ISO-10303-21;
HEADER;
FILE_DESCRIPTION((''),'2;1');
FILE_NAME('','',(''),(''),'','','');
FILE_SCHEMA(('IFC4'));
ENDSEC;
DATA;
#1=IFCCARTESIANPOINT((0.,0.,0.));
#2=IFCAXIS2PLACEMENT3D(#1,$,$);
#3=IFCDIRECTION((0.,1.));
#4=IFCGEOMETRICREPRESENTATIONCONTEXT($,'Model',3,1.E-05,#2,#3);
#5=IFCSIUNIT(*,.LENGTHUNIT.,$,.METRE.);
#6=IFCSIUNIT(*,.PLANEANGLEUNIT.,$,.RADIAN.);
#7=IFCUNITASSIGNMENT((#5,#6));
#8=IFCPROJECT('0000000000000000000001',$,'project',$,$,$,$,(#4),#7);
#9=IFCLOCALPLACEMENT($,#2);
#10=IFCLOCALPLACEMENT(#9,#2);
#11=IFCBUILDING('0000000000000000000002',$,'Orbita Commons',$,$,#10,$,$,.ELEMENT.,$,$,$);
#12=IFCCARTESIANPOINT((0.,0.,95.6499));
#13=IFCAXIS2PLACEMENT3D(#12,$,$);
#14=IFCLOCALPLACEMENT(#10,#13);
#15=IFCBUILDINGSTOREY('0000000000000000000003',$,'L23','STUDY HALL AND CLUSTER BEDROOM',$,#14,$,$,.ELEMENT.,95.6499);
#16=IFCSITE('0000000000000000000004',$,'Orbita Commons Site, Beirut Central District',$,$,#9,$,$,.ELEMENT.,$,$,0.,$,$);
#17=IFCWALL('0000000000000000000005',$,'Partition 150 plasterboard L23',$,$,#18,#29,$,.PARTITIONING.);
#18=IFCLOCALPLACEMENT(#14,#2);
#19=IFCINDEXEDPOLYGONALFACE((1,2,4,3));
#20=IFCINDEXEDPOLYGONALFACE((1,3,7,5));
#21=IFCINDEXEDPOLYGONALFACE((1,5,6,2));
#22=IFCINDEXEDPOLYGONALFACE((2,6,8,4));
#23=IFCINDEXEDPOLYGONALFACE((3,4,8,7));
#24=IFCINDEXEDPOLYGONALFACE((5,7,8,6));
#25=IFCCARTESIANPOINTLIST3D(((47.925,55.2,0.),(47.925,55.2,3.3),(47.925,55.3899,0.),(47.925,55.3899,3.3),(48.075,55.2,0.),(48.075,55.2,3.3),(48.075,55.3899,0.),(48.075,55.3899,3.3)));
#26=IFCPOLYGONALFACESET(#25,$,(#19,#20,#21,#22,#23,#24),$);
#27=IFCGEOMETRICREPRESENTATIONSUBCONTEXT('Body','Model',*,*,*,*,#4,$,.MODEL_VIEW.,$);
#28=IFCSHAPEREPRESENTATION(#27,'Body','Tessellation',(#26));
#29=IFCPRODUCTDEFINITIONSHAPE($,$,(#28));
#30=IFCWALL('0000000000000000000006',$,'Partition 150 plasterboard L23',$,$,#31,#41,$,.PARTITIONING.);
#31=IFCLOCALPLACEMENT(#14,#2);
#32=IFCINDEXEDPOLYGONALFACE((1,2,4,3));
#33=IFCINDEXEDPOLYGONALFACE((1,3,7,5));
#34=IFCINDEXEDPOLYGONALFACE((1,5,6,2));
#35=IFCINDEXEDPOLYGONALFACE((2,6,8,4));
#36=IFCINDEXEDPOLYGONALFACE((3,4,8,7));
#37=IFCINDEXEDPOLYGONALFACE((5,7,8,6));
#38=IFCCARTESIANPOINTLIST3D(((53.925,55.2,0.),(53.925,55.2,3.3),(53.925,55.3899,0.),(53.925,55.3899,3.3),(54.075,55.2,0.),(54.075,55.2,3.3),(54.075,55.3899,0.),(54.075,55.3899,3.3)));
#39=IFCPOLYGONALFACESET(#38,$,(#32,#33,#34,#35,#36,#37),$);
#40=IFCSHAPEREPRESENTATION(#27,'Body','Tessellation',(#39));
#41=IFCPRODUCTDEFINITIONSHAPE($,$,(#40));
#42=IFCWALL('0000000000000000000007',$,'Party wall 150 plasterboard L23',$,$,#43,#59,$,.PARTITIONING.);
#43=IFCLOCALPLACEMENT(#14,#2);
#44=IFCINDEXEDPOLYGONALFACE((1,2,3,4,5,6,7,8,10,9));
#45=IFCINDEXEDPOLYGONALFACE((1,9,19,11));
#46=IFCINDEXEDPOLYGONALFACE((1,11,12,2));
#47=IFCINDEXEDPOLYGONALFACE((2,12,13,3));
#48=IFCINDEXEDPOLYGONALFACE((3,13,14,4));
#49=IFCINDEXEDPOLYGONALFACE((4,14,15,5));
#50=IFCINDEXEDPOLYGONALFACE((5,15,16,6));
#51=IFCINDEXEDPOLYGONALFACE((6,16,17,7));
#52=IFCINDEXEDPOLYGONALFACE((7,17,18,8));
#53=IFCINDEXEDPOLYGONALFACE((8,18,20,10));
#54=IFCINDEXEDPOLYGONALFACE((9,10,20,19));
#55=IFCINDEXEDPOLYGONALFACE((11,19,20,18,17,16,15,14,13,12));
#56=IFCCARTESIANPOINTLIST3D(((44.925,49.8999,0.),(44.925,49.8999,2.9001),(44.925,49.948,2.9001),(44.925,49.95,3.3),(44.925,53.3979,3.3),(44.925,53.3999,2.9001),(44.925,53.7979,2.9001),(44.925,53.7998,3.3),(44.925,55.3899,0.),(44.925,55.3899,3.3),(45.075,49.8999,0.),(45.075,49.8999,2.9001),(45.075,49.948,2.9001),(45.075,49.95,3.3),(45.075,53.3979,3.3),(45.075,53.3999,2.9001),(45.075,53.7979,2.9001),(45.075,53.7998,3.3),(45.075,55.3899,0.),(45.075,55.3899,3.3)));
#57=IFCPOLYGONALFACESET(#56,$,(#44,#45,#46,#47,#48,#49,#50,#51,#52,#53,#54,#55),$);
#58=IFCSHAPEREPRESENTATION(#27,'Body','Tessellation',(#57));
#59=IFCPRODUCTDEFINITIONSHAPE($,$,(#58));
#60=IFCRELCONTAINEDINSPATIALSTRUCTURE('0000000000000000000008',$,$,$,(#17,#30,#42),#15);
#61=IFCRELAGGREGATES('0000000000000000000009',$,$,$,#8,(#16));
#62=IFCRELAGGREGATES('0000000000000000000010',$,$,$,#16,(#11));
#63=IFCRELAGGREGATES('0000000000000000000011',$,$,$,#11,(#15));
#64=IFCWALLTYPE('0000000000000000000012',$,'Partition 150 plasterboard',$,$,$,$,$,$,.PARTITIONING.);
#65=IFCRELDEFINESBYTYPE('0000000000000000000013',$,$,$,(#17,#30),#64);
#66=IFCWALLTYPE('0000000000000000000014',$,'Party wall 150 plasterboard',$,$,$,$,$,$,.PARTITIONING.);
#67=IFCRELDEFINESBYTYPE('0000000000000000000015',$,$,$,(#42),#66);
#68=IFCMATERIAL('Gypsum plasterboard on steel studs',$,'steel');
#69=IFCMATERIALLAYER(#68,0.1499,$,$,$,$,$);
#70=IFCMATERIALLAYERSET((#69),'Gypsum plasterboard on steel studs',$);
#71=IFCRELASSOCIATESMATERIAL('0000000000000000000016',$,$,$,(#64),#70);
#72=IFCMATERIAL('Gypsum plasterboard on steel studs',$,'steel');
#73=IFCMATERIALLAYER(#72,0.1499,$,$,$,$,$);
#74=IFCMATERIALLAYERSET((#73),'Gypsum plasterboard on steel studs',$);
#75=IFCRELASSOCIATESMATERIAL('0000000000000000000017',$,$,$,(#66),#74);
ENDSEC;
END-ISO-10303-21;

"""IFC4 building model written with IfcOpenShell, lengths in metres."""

from ifc_helpers import new_model, si_unit, direction, frame, frame_2d, origin, place, context, subcontext, project, spatial, polyline, rectangle, outline, extrude, material, layer, layer_set, type_object, element, save


model = new_model("IFC4")

# Units and contexts
model_context = context("Model", 3, precision=1e-05, world=origin(), true_north=direction((0.0, 1.0)))
body_context = subcontext(model_context, "Body", "Model", "MODEL_VIEW")
ifc_project = project(units=[si_unit("LENGTHUNIT", "METRE"), si_unit("PLANEANGLEUNIT", "RADIAN")], contexts=[model_context])

# Site, building, storey
site_placement = place(None, origin())
site = spatial("IfcSite", under=ifc_project, at=site_placement, Name="Orbita Commons Site, Beirut Central District", CompositionType="ELEMENT", RefElevation=0.0)
building_placement = place(site_placement, origin())
building = spatial("IfcBuilding", under=site, at=building_placement, Name="Orbita Commons", CompositionType="ELEMENT")
storey_placement = place(building_placement, frame((0.0, 0.0, 95.6499)))
storey = spatial("IfcBuildingStorey", under=building, at=storey_placement, Name="L23", Description="STUDY HALL AND CLUSTER BEDROOM", CompositionType="ELEMENT", Elevation=95.6499)

# Walls
ifc_material_1 = material(Name="Gypsum plasterboard on steel studs", Category="steel")
ifc_layer_1 = layer(ifc_material_1, 0.1499)
ifc_layer_set_1 = layer_set([ifc_layer_1], Name="Gypsum plasterboard on steel studs")
wall_type_1 = type_object("IfcWallType", Name="Partition 150 plasterboard", PredefinedType="PARTITIONING", material=ifc_layer_set_1)
for number, where, z_axis, x_axis, name in (
    (1, (48.0, 55.2, 0.0), (0.0, 0.0, 1.0), (0.0, 1.0, 0.0), "Partition 150 plasterboard L23"),
    (2, (54.0, 55.2, 0.0), (0.0, 0.0, 1.0), (0.0, 1.0, 0.0), "Partition 150 plasterboard L23"),
):
    element("IfcWall", number, at=place(storey_placement, frame(where, z_axis=z_axis, x_axis=x_axis)), inside=storey, type_object=wall_type_1, Name=name, PredefinedType="PARTITIONING", context=body_context, shape_type="SweptSolid", body=[
        extrude(rectangle(XDim=0.1899, YDim=0.1499, at=frame_2d((0.095, 0.0))), origin(), (0.0, 0.0, 1.0), 3.3),
    ])
ifc_material_2 = material(Name="Gypsum plasterboard on steel studs", Category="steel")
ifc_layer_2 = layer(ifc_material_2, 0.1499)
ifc_layer_set_2 = layer_set([ifc_layer_2], Name="Gypsum plasterboard on steel studs")
wall_type_2 = type_object("IfcWallType", Name="Party wall 150 plasterboard", PredefinedType="PARTITIONING", material=ifc_layer_set_2)
wall_placement = place(storey_placement, frame((45.0, 55.3899, 0.0), z_axis=(0.0, 0.0, 1.0), x_axis=(0.0, -1.0, 0.0)))
element("IfcWall", 3, at=wall_placement, inside=storey, type_object=wall_type_2, Name="Party wall 150 plasterboard L23", PredefinedType="PARTITIONING", context=body_context, shape_type="SweptSolid", body=[
    extrude(outline(polyline([(0.0, 0.0), (5.49, 0.0), (5.49, 2.9001), (5.4419, 2.9001), (5.4399, 3.3), (1.9919, 3.3), (1.99, 2.9001), (1.592, 2.9001), (1.5901, 3.3), (0.0, 3.3), (0.0, 0.0)])), frame((0.0, 0.075, 0.0), z_axis=(0.0, -1.0, 0.0), x_axis=(1.0, 0.0, 0.0)), (0.0, 0.0, 1.0), 0.1499),
])

save(model, "model.ifc")
